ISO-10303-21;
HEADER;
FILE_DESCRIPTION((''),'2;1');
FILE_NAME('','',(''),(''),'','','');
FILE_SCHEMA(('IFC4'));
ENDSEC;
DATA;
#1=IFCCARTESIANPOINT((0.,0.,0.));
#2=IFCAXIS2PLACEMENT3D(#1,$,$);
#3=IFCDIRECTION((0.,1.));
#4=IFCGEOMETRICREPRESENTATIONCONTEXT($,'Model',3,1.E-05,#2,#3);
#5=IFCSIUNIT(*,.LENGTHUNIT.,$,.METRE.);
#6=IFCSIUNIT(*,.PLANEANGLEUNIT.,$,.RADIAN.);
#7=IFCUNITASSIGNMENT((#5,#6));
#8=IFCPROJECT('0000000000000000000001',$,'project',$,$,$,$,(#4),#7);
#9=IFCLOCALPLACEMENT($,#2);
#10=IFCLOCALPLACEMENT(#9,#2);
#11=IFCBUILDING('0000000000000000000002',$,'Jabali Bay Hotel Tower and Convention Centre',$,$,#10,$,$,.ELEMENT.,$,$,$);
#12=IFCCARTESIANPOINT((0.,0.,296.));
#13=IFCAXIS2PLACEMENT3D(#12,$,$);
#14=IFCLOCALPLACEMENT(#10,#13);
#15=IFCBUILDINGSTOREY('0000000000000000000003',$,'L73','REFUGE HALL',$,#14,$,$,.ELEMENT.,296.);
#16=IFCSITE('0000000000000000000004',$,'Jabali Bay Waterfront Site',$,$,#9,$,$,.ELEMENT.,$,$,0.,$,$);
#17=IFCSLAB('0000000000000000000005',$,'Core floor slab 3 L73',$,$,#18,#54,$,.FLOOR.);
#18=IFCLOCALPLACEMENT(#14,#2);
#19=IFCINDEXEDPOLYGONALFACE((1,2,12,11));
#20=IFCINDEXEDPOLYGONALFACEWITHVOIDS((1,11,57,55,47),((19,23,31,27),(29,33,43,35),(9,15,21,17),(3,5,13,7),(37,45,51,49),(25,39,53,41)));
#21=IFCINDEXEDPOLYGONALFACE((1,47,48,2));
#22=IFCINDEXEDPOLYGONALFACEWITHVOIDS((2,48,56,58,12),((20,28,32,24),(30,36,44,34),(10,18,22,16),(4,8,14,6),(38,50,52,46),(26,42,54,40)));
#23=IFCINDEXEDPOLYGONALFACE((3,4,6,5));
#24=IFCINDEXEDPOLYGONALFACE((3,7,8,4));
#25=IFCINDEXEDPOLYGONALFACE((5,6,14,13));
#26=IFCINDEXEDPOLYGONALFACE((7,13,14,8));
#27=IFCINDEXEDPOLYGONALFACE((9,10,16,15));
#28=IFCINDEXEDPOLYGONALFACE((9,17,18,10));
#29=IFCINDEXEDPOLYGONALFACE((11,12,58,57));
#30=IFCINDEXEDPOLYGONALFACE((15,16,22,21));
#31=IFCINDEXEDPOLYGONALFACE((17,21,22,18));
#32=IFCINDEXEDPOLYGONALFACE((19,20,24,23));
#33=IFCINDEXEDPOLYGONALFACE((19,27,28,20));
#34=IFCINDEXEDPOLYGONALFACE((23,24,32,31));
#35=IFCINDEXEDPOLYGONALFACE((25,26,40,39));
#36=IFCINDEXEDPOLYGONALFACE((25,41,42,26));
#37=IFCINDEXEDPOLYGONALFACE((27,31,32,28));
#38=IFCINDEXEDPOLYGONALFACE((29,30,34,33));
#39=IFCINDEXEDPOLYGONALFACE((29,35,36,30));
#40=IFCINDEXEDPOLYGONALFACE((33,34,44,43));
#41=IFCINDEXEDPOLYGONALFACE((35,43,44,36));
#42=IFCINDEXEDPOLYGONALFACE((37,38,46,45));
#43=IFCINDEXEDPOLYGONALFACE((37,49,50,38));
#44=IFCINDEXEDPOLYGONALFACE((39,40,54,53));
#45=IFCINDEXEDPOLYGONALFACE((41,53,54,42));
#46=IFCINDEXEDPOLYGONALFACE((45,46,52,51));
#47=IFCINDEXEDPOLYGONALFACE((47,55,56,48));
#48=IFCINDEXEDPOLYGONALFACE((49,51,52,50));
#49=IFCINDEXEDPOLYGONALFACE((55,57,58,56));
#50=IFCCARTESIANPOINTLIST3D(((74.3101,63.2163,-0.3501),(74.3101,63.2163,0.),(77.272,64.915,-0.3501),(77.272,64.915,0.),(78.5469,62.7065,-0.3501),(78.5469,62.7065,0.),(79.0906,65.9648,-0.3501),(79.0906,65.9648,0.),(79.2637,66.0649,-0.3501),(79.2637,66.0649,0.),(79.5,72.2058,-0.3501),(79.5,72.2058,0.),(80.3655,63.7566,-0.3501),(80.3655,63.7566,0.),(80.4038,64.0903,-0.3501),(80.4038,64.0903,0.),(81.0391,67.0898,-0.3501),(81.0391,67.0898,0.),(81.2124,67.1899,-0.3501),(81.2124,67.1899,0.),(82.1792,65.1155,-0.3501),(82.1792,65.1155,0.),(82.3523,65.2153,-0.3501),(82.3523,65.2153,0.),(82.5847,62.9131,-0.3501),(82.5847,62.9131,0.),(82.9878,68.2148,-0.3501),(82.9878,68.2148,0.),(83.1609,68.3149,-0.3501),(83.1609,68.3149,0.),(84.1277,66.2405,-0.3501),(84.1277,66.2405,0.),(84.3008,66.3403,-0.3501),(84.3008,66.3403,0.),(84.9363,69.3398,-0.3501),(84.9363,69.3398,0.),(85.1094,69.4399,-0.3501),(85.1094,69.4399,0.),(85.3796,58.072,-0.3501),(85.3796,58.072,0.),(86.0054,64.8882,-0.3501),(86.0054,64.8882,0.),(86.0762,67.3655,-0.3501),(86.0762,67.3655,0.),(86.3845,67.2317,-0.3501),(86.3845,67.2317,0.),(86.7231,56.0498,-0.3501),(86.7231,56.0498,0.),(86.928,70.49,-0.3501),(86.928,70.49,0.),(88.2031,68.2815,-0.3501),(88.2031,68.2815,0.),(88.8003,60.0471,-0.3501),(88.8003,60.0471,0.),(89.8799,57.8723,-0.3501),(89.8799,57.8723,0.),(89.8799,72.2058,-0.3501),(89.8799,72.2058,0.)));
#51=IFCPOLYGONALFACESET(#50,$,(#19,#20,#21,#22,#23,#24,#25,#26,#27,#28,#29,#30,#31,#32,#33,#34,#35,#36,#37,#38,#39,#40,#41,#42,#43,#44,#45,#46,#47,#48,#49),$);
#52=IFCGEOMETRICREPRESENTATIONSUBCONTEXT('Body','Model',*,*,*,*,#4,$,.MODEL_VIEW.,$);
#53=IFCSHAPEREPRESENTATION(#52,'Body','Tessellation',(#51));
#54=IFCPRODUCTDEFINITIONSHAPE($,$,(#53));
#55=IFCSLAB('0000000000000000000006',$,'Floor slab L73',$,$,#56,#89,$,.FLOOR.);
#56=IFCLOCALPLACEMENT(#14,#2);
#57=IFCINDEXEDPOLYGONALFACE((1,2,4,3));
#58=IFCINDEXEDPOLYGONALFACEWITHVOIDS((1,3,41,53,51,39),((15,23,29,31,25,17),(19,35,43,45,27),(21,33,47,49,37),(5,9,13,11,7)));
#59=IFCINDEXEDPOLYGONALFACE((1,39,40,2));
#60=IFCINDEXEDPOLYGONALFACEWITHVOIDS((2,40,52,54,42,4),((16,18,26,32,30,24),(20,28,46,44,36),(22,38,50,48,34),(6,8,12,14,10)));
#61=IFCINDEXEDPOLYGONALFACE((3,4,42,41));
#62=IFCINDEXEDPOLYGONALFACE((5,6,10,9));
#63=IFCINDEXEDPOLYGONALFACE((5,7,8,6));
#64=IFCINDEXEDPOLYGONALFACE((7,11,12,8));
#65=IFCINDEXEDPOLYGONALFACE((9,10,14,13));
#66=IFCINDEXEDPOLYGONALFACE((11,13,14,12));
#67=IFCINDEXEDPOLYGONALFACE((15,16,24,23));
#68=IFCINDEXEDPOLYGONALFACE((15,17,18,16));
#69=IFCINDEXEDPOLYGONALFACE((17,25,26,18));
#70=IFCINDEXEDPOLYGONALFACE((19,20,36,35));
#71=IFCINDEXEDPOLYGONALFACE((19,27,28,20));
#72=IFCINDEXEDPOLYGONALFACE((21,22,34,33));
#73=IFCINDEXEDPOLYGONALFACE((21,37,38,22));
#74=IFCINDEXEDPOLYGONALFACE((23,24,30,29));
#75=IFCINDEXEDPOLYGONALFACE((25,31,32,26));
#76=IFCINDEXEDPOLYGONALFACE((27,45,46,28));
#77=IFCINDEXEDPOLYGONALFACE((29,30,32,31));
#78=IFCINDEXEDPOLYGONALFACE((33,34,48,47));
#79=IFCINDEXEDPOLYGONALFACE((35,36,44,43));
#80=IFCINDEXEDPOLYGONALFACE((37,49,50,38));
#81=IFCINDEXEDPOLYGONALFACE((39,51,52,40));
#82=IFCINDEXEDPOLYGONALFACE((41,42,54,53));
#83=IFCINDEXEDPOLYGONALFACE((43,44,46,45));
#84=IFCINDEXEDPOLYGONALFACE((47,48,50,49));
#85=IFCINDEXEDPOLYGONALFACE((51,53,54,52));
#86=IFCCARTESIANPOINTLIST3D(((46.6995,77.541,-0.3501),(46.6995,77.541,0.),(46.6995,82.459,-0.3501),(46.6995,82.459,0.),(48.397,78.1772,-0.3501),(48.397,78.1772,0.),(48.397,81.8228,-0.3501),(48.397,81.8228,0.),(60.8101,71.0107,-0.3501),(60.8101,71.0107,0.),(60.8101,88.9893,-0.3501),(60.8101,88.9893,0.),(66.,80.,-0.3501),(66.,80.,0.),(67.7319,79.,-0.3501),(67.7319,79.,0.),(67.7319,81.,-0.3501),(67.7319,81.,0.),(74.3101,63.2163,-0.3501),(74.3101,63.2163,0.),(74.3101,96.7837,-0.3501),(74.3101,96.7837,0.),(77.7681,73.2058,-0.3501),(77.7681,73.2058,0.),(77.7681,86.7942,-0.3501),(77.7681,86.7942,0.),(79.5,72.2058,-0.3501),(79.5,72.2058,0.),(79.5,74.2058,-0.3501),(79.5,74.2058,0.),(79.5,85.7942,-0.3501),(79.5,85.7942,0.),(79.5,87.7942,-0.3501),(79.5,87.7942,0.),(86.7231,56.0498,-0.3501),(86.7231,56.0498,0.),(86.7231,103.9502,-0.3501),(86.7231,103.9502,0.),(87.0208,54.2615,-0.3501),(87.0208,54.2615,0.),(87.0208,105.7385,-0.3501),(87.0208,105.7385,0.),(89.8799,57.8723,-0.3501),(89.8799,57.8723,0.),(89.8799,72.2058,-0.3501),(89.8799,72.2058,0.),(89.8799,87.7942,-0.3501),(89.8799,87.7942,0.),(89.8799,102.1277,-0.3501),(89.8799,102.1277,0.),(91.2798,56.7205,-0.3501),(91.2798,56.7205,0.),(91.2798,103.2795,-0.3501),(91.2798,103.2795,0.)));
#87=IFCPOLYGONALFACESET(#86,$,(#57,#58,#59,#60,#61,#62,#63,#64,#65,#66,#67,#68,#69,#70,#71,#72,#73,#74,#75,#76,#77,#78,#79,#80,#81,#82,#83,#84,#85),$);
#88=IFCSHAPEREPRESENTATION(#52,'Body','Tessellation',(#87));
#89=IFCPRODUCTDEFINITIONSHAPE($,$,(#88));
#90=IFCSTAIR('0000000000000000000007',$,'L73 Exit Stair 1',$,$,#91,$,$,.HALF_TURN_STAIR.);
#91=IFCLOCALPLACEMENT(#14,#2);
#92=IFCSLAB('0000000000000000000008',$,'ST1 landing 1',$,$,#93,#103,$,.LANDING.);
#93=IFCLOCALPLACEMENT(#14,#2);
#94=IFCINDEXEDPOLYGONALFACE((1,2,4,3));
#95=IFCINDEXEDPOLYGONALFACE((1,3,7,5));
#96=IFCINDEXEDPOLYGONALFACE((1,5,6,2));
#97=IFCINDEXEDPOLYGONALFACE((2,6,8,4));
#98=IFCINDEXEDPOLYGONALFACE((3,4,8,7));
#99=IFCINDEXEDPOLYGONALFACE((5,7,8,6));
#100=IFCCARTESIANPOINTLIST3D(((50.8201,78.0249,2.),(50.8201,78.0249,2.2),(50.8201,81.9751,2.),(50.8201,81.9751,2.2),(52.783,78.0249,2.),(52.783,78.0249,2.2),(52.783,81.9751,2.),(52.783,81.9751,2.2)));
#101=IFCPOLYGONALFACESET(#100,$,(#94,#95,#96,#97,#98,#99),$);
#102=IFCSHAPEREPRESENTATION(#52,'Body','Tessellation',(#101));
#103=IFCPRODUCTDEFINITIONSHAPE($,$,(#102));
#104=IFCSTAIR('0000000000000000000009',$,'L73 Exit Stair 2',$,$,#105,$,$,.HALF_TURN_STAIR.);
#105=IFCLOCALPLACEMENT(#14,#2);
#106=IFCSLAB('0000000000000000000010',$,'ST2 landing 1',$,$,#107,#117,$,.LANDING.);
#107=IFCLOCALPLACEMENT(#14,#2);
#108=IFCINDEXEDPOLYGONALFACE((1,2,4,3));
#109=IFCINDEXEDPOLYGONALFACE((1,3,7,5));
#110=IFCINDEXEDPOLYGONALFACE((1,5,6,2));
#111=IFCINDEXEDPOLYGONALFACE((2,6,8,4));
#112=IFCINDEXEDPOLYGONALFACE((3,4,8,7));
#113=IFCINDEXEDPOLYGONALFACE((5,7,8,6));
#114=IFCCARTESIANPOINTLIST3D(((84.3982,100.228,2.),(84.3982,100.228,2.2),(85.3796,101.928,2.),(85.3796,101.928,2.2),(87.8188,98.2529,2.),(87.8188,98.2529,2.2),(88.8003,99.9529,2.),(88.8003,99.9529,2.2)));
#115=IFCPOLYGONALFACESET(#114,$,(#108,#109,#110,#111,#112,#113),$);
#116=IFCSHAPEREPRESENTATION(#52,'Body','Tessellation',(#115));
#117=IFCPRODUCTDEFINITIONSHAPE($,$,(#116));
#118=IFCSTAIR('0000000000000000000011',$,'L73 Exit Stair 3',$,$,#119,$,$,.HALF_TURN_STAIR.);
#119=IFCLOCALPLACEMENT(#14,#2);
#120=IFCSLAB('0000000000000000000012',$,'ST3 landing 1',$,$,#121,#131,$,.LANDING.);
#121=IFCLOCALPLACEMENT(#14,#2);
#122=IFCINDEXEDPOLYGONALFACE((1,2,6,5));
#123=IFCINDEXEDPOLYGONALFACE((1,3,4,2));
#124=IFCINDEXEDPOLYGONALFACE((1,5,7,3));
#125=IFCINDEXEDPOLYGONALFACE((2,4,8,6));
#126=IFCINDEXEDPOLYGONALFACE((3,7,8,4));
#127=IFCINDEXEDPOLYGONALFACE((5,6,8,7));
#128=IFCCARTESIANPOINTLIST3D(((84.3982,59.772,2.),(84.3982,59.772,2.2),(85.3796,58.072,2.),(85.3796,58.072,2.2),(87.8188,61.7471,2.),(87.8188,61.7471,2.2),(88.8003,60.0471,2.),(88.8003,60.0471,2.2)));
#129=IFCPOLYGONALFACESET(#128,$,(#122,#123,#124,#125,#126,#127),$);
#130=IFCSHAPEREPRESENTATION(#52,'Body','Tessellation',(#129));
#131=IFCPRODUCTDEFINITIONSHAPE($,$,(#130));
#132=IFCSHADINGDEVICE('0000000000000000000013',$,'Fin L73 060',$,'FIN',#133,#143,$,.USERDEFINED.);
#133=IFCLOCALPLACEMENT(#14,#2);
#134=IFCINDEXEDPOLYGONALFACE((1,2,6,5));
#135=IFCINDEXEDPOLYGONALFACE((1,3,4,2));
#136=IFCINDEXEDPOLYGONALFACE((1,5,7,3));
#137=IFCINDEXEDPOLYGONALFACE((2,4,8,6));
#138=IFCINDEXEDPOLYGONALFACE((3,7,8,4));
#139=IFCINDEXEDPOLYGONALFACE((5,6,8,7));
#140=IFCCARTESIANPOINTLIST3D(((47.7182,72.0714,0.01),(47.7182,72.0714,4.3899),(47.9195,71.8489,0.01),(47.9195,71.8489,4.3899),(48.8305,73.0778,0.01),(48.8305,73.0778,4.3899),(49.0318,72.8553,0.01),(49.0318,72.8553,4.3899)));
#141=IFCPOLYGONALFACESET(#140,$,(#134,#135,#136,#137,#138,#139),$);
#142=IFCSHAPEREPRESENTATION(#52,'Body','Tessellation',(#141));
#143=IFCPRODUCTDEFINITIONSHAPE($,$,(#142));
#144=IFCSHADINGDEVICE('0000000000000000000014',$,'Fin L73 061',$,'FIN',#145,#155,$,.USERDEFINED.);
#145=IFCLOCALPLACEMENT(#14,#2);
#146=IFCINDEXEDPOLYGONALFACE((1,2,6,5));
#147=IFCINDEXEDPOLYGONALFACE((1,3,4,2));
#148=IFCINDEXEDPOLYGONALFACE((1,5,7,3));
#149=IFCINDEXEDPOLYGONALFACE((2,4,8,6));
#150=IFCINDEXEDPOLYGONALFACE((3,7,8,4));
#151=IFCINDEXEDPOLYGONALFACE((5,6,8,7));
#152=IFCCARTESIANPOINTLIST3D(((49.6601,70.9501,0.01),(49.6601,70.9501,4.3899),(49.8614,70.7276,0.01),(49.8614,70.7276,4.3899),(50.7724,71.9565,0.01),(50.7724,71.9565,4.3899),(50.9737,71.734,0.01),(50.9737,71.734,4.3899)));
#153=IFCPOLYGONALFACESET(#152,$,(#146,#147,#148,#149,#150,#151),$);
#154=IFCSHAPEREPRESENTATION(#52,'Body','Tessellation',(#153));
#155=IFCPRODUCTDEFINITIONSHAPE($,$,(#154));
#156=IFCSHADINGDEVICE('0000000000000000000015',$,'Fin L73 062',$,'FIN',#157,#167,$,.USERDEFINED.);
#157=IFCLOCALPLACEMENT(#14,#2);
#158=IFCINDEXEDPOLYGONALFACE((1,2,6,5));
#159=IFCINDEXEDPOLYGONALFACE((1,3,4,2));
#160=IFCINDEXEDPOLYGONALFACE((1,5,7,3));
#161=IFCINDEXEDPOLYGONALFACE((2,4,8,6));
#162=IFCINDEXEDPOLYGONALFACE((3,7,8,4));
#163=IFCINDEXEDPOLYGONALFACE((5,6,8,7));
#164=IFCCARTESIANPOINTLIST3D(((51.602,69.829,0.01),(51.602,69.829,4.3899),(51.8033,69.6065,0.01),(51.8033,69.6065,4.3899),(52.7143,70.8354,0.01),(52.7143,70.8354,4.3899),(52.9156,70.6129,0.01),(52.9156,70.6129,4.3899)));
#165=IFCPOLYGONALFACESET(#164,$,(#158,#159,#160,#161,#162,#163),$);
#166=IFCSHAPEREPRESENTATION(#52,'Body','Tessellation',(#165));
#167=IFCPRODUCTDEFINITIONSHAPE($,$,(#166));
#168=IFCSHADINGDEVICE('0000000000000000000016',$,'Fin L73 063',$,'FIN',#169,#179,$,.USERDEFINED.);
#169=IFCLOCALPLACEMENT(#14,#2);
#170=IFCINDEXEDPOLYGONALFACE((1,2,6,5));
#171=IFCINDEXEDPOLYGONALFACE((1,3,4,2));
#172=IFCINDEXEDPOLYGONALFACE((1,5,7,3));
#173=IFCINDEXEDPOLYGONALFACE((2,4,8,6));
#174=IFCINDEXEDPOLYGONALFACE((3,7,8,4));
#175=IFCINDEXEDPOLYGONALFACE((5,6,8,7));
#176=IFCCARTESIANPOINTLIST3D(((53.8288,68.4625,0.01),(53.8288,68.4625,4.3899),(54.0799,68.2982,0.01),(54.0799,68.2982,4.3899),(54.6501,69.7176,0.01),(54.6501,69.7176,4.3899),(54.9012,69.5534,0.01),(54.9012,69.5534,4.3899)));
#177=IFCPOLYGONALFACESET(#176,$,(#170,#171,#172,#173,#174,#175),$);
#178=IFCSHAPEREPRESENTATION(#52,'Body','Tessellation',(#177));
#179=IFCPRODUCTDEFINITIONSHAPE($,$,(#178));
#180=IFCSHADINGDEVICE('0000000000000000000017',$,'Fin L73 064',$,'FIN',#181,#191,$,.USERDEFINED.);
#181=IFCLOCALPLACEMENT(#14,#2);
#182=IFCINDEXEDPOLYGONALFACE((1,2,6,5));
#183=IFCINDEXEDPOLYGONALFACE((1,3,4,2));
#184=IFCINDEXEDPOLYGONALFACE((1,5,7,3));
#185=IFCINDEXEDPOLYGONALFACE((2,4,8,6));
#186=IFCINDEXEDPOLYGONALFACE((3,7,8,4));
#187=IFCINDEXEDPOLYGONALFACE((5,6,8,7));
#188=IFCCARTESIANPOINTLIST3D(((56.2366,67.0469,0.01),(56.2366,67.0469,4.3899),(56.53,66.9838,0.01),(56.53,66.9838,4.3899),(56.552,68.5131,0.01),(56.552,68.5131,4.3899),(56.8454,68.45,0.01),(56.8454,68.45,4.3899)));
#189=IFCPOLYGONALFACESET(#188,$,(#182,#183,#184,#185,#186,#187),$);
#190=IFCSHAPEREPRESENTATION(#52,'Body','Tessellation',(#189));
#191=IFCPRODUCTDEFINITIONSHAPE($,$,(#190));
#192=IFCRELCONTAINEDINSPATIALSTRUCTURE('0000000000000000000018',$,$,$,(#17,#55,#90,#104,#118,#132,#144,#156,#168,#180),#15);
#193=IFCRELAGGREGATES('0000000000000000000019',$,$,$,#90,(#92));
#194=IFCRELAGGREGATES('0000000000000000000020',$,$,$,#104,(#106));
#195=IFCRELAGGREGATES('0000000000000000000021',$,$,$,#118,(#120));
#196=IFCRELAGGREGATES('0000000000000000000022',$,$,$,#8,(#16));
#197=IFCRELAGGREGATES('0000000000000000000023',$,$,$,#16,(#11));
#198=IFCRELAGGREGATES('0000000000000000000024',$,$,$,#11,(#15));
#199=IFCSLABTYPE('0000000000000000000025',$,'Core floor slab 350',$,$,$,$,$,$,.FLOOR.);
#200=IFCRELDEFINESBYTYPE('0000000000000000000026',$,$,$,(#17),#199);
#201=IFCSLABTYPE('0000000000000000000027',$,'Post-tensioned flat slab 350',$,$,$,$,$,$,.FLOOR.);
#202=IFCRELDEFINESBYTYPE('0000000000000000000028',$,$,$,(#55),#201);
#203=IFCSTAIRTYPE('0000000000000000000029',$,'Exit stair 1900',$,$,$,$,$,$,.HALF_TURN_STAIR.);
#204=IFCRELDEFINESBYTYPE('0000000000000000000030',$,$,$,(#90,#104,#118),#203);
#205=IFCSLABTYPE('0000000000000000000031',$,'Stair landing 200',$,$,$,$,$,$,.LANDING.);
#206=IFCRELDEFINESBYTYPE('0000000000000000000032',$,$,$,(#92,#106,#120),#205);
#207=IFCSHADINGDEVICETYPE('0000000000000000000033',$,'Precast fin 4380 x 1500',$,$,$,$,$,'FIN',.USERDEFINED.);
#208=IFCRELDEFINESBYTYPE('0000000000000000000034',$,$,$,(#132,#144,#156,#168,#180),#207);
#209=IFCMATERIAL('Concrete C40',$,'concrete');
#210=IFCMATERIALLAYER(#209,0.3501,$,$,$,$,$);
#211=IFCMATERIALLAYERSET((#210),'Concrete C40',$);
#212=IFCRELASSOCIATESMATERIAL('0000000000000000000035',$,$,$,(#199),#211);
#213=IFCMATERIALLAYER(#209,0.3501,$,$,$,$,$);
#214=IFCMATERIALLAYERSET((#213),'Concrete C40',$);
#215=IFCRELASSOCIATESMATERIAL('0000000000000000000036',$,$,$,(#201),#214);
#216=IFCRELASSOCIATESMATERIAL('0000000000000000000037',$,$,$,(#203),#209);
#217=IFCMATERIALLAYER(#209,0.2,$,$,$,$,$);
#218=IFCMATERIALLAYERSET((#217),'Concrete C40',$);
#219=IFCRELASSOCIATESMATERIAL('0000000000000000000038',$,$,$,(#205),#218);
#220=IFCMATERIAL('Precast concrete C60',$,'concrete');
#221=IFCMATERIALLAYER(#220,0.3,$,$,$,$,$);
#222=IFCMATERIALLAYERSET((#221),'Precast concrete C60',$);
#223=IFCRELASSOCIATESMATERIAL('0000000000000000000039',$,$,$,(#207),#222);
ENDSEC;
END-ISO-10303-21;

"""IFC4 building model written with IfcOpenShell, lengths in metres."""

from ifc_helpers import new_model, si_unit, direction, frame, frame_2d, origin, place, context, subcontext, project, spatial, polyline, rectangle, outline, extrude, material, layer, layer_set, type_object, element, aggregate, save


model = new_model("IFC4")

# Units and contexts
model_context = context("Model", 3, precision=1e-05, world=origin(), true_north=direction((0.0, 1.0)))
body_context = subcontext(model_context, "Body", "Model", "MODEL_VIEW")
ifc_project = project(units=[si_unit("LENGTHUNIT", "METRE"), si_unit("PLANEANGLEUNIT", "RADIAN")], contexts=[model_context])

# Site, building, storey
site_placement = place(None, origin())
site = spatial("IfcSite", under=ifc_project, at=site_placement, Name="Jabali Bay Waterfront Site", CompositionType="ELEMENT", RefElevation=0.0)
building_placement = place(site_placement, origin())
building = spatial("IfcBuilding", under=site, at=building_placement, Name="Jabali Bay Hotel Tower and Convention Centre", CompositionType="ELEMENT")
storey_placement = place(building_placement, frame((0.0, 0.0, 296.0)))
storey = spatial("IfcBuildingStorey", under=building, at=storey_placement, Name="L73", Description="REFUGE HALL", CompositionType="ELEMENT", Elevation=296.0)

# Slabs
ifc_material_1 = material(Name="Concrete C40", Category="concrete")
ifc_layer_1 = layer(ifc_material_1, 0.3501)
ifc_layer_set_1 = layer_set([ifc_layer_1], Name="Concrete C40")
slab_type_1 = type_object("IfcSlabType", Name="Core floor slab 350", PredefinedType="FLOOR", material=ifc_layer_set_1)
slab_1_placement = place(storey_placement, frame((0.0, 0.0, -0.3501)))
element("IfcSlab", 1, at=slab_1_placement, inside=storey, type_object=slab_type_1, Name="Core floor slab 3 L73", PredefinedType="FLOOR", context=body_context, shape_type="SweptSolid", body=[
    extrude(outline(polyline([(79.5, 72.2058), (74.3101, 63.2163), (86.7231, 56.0498), (89.8799, 57.8723), (89.8799, 72.2058), (79.5, 72.2058)]), holes=[polyline([(82.5847, 62.9131), (85.3796, 58.072), (88.8003, 60.0471), (86.0054, 64.8882), (82.5847, 62.9131)]), polyline([(80.3655, 63.7566), (79.0906, 65.9648), (77.272, 64.915), (78.5469, 62.7065), (80.3655, 63.7566)]), polyline([(82.1792, 65.1155), (81.0391, 67.0898), (79.2637, 66.0649), (80.4038, 64.0903), (82.1792, 65.1155)]), polyline([(82.9878, 68.2148), (81.2124, 67.1899), (82.3523, 65.2153), (84.1277, 66.2405), (82.9878, 68.2148)]), polyline([(86.0762, 67.3655), (84.9363, 69.3398), (83.1609, 68.3149), (84.3008, 66.3403), (86.0762, 67.3655)]), polyline([(88.2031, 68.2815), (86.928, 70.49), (85.1094, 69.4399), (86.3845, 67.2317), (88.2031, 68.2815)])]), origin(), (0.0, 0.0, 1.0), 0.3501),
])
ifc_layer_2 = layer(ifc_material_1, 0.3501)
ifc_layer_set_2 = layer_set([ifc_layer_2], Name="Concrete C40")
slab_type_2 = type_object("IfcSlabType", Name="Post-tensioned flat slab 350", PredefinedType="FLOOR", material=ifc_layer_set_2)
slab_2_placement = place(storey_placement, frame((0.0, 0.0, -0.3501)))
element("IfcSlab", 2, at=slab_2_placement, inside=storey, type_object=slab_type_2, Name="Floor slab L73", PredefinedType="FLOOR", context=body_context, shape_type="SweptSolid", body=[
    extrude(outline(polyline([(87.0208, 105.7385), (91.2798, 103.2795), (91.2798, 56.7205), (87.0208, 54.2615), (46.6995, 77.541), (46.6995, 82.459), (87.0208, 105.7385)]), holes=[polyline([(67.7319, 79.0), (77.7681, 73.2058), (79.5, 74.2058), (79.5, 85.7942), (77.7681, 86.7942), (67.7319, 81.0), (67.7319, 79.0)]), polyline([(48.397, 78.1772), (60.8101, 71.0107), (66.0, 80.0), (60.8101, 88.9893), (48.397, 81.8228), (48.397, 78.1772)]), polyline([(89.8799, 102.1277), (86.7231, 103.9502), (74.3101, 96.7837), (79.5, 87.7942), (89.8799, 87.7942), (89.8799, 102.1277)]), polyline([(74.3101, 63.2163), (86.7231, 56.0498), (89.8799, 57.8723), (89.8799, 72.2058), (79.5, 72.2058), (74.3101, 63.2163)])]), origin(), (0.0, 0.0, 1.0), 0.3501),
])

# Stairs, slabs
stair_type = type_object("IfcStairType", Name="Exit stair 1900", PredefinedType="HALF_TURN_STAIR", material=ifc_material_1)
stair_1_placement = place(storey_placement, origin())
stair_1 = element("IfcStair", 3, at=stair_1_placement, inside=storey, type_object=stair_type, Name="L73 Exit Stair 1", PredefinedType="HALF_TURN_STAIR")
ifc_layer_3 = layer(ifc_material_1, 0.2)
ifc_layer_set_3 = layer_set([ifc_layer_3], Name="Concrete C40")
slab_type_3 = type_object("IfcSlabType", Name="Stair landing 200", PredefinedType="LANDING", material=ifc_layer_set_3)
slab_3_placement = place(storey_placement, frame((0.0, 0.0, 2.0)))
slab_3 = element("IfcSlab", 4, at=slab_3_placement, type_object=slab_type_3, Name="ST1 landing 1", PredefinedType="LANDING", context=body_context, shape_type="SweptSolid", body=[
    extrude(outline(polyline([(52.783, 81.9751), (50.8201, 81.9751), (50.8201, 78.0249), (52.783, 78.0249), (52.783, 81.9751)])), origin(), (0.0, 0.0, 1.0), 0.2),
])
aggregate(stair_1, [slab_3])
stair_2_placement = place(storey_placement, origin())
stair_2 = element("IfcStair", 5, at=stair_2_placement, inside=storey, type_object=stair_type, Name="L73 Exit Stair 2", PredefinedType="HALF_TURN_STAIR")
slab_4_placement = place(storey_placement, frame((0.0, 0.0, 2.0)))
slab_4 = element("IfcSlab", 6, at=slab_4_placement, type_object=slab_type_3, Name="ST2 landing 1", PredefinedType="LANDING", context=body_context, shape_type="SweptSolid", body=[
    extrude(outline(polyline([(87.8188, 98.2529), (88.8003, 99.9529), (85.3796, 101.928), (84.3982, 100.228), (87.8188, 98.2529)])), origin(), (0.0, 0.0, 1.0), 0.2),
])
aggregate(stair_2, [slab_4])
stair_3_placement = place(storey_placement, origin())
stair_3 = element("IfcStair", 7, at=stair_3_placement, inside=storey, type_object=stair_type, Name="L73 Exit Stair 3", PredefinedType="HALF_TURN_STAIR")
slab_5_placement = place(storey_placement, frame((0.0, 0.0, 2.0)))
slab_5 = element("IfcSlab", 8, at=slab_5_placement, type_object=slab_type_3, Name="ST3 landing 1", PredefinedType="LANDING", context=body_context, shape_type="SweptSolid", body=[
    extrude(outline(polyline([(84.3982, 59.772), (85.3796, 58.072), (88.8003, 60.0471), (87.8188, 61.7471), (84.3982, 59.772)])), origin(), (0.0, 0.0, 1.0), 0.2),
])
aggregate(stair_3, [slab_5])

# Shading devices
ifc_material_2 = material(Name="Precast concrete C60", Category="concrete")
ifc_layer_4 = layer(ifc_material_2, 0.3)
ifc_layer_set_4 = layer_set([ifc_layer_4], Name="Precast concrete C60")
shading_device_type = type_object("IfcShadingDeviceType", Name="Precast fin 4380 x 1500", ElementType="FIN", PredefinedType="USERDEFINED", material=ifc_layer_set_4)
for number, where, z_axis, x_axis, name in (
    (9, (48.9312, 72.9666, 0.01), (0.0, 0.0, 1.0), (-0.741543, -0.670905, 0.0), "Fin L73 060"),
    (10, (50.873, 71.8452, 0.01), (0.0, 0.0, 1.0), (-0.741543, -0.670905, 0.0), "Fin L73 061"),
    (11, (52.8149, 70.7241, 0.01), (0.0, 0.0, 1.0), (-0.741543, -0.670905, 0.0), "Fin L73 062"),
    (12, (54.7756, 69.6355, 0.01), (0.0, 0.0, 1.0), (-0.547543, -0.836777, 0.0), "Fin L73 063"),
):
    element("IfcShadingDevice", number, at=place(storey_placement, frame(where, z_axis=z_axis, x_axis=x_axis)), inside=storey, type_object=shading_device_type, Name=name, ObjectType="FIN", PredefinedType="USERDEFINED", context=body_context, shape_type="SweptSolid", body=[
        extrude(rectangle(XDim=1.5, YDim=0.3, at=frame_2d((0.75, 0.0))), origin(), (0.0, 0.0, 1.0), 4.3799),
    ])
shading_device_placement = place(storey_placement, frame((56.6987, 68.4817, 0.01), z_axis=(0.0, 0.0, 1.0), x_axis=(-0.210307, -0.977635, 0.0)))
element("IfcShadingDevice", 13, at=shading_device_placement, inside=storey, type_object=shading_device_type, Name="Fin L73 064", ObjectType="FIN", PredefinedType="USERDEFINED", context=body_context, shape_type="SweptSolid", body=[
    extrude(rectangle(XDim=1.4998, YDim=0.3, at=frame_2d((0.75, 0.0))), origin(), (0.0, 0.0, 1.0), 4.3799),
])

save(model, "model.ifc")
